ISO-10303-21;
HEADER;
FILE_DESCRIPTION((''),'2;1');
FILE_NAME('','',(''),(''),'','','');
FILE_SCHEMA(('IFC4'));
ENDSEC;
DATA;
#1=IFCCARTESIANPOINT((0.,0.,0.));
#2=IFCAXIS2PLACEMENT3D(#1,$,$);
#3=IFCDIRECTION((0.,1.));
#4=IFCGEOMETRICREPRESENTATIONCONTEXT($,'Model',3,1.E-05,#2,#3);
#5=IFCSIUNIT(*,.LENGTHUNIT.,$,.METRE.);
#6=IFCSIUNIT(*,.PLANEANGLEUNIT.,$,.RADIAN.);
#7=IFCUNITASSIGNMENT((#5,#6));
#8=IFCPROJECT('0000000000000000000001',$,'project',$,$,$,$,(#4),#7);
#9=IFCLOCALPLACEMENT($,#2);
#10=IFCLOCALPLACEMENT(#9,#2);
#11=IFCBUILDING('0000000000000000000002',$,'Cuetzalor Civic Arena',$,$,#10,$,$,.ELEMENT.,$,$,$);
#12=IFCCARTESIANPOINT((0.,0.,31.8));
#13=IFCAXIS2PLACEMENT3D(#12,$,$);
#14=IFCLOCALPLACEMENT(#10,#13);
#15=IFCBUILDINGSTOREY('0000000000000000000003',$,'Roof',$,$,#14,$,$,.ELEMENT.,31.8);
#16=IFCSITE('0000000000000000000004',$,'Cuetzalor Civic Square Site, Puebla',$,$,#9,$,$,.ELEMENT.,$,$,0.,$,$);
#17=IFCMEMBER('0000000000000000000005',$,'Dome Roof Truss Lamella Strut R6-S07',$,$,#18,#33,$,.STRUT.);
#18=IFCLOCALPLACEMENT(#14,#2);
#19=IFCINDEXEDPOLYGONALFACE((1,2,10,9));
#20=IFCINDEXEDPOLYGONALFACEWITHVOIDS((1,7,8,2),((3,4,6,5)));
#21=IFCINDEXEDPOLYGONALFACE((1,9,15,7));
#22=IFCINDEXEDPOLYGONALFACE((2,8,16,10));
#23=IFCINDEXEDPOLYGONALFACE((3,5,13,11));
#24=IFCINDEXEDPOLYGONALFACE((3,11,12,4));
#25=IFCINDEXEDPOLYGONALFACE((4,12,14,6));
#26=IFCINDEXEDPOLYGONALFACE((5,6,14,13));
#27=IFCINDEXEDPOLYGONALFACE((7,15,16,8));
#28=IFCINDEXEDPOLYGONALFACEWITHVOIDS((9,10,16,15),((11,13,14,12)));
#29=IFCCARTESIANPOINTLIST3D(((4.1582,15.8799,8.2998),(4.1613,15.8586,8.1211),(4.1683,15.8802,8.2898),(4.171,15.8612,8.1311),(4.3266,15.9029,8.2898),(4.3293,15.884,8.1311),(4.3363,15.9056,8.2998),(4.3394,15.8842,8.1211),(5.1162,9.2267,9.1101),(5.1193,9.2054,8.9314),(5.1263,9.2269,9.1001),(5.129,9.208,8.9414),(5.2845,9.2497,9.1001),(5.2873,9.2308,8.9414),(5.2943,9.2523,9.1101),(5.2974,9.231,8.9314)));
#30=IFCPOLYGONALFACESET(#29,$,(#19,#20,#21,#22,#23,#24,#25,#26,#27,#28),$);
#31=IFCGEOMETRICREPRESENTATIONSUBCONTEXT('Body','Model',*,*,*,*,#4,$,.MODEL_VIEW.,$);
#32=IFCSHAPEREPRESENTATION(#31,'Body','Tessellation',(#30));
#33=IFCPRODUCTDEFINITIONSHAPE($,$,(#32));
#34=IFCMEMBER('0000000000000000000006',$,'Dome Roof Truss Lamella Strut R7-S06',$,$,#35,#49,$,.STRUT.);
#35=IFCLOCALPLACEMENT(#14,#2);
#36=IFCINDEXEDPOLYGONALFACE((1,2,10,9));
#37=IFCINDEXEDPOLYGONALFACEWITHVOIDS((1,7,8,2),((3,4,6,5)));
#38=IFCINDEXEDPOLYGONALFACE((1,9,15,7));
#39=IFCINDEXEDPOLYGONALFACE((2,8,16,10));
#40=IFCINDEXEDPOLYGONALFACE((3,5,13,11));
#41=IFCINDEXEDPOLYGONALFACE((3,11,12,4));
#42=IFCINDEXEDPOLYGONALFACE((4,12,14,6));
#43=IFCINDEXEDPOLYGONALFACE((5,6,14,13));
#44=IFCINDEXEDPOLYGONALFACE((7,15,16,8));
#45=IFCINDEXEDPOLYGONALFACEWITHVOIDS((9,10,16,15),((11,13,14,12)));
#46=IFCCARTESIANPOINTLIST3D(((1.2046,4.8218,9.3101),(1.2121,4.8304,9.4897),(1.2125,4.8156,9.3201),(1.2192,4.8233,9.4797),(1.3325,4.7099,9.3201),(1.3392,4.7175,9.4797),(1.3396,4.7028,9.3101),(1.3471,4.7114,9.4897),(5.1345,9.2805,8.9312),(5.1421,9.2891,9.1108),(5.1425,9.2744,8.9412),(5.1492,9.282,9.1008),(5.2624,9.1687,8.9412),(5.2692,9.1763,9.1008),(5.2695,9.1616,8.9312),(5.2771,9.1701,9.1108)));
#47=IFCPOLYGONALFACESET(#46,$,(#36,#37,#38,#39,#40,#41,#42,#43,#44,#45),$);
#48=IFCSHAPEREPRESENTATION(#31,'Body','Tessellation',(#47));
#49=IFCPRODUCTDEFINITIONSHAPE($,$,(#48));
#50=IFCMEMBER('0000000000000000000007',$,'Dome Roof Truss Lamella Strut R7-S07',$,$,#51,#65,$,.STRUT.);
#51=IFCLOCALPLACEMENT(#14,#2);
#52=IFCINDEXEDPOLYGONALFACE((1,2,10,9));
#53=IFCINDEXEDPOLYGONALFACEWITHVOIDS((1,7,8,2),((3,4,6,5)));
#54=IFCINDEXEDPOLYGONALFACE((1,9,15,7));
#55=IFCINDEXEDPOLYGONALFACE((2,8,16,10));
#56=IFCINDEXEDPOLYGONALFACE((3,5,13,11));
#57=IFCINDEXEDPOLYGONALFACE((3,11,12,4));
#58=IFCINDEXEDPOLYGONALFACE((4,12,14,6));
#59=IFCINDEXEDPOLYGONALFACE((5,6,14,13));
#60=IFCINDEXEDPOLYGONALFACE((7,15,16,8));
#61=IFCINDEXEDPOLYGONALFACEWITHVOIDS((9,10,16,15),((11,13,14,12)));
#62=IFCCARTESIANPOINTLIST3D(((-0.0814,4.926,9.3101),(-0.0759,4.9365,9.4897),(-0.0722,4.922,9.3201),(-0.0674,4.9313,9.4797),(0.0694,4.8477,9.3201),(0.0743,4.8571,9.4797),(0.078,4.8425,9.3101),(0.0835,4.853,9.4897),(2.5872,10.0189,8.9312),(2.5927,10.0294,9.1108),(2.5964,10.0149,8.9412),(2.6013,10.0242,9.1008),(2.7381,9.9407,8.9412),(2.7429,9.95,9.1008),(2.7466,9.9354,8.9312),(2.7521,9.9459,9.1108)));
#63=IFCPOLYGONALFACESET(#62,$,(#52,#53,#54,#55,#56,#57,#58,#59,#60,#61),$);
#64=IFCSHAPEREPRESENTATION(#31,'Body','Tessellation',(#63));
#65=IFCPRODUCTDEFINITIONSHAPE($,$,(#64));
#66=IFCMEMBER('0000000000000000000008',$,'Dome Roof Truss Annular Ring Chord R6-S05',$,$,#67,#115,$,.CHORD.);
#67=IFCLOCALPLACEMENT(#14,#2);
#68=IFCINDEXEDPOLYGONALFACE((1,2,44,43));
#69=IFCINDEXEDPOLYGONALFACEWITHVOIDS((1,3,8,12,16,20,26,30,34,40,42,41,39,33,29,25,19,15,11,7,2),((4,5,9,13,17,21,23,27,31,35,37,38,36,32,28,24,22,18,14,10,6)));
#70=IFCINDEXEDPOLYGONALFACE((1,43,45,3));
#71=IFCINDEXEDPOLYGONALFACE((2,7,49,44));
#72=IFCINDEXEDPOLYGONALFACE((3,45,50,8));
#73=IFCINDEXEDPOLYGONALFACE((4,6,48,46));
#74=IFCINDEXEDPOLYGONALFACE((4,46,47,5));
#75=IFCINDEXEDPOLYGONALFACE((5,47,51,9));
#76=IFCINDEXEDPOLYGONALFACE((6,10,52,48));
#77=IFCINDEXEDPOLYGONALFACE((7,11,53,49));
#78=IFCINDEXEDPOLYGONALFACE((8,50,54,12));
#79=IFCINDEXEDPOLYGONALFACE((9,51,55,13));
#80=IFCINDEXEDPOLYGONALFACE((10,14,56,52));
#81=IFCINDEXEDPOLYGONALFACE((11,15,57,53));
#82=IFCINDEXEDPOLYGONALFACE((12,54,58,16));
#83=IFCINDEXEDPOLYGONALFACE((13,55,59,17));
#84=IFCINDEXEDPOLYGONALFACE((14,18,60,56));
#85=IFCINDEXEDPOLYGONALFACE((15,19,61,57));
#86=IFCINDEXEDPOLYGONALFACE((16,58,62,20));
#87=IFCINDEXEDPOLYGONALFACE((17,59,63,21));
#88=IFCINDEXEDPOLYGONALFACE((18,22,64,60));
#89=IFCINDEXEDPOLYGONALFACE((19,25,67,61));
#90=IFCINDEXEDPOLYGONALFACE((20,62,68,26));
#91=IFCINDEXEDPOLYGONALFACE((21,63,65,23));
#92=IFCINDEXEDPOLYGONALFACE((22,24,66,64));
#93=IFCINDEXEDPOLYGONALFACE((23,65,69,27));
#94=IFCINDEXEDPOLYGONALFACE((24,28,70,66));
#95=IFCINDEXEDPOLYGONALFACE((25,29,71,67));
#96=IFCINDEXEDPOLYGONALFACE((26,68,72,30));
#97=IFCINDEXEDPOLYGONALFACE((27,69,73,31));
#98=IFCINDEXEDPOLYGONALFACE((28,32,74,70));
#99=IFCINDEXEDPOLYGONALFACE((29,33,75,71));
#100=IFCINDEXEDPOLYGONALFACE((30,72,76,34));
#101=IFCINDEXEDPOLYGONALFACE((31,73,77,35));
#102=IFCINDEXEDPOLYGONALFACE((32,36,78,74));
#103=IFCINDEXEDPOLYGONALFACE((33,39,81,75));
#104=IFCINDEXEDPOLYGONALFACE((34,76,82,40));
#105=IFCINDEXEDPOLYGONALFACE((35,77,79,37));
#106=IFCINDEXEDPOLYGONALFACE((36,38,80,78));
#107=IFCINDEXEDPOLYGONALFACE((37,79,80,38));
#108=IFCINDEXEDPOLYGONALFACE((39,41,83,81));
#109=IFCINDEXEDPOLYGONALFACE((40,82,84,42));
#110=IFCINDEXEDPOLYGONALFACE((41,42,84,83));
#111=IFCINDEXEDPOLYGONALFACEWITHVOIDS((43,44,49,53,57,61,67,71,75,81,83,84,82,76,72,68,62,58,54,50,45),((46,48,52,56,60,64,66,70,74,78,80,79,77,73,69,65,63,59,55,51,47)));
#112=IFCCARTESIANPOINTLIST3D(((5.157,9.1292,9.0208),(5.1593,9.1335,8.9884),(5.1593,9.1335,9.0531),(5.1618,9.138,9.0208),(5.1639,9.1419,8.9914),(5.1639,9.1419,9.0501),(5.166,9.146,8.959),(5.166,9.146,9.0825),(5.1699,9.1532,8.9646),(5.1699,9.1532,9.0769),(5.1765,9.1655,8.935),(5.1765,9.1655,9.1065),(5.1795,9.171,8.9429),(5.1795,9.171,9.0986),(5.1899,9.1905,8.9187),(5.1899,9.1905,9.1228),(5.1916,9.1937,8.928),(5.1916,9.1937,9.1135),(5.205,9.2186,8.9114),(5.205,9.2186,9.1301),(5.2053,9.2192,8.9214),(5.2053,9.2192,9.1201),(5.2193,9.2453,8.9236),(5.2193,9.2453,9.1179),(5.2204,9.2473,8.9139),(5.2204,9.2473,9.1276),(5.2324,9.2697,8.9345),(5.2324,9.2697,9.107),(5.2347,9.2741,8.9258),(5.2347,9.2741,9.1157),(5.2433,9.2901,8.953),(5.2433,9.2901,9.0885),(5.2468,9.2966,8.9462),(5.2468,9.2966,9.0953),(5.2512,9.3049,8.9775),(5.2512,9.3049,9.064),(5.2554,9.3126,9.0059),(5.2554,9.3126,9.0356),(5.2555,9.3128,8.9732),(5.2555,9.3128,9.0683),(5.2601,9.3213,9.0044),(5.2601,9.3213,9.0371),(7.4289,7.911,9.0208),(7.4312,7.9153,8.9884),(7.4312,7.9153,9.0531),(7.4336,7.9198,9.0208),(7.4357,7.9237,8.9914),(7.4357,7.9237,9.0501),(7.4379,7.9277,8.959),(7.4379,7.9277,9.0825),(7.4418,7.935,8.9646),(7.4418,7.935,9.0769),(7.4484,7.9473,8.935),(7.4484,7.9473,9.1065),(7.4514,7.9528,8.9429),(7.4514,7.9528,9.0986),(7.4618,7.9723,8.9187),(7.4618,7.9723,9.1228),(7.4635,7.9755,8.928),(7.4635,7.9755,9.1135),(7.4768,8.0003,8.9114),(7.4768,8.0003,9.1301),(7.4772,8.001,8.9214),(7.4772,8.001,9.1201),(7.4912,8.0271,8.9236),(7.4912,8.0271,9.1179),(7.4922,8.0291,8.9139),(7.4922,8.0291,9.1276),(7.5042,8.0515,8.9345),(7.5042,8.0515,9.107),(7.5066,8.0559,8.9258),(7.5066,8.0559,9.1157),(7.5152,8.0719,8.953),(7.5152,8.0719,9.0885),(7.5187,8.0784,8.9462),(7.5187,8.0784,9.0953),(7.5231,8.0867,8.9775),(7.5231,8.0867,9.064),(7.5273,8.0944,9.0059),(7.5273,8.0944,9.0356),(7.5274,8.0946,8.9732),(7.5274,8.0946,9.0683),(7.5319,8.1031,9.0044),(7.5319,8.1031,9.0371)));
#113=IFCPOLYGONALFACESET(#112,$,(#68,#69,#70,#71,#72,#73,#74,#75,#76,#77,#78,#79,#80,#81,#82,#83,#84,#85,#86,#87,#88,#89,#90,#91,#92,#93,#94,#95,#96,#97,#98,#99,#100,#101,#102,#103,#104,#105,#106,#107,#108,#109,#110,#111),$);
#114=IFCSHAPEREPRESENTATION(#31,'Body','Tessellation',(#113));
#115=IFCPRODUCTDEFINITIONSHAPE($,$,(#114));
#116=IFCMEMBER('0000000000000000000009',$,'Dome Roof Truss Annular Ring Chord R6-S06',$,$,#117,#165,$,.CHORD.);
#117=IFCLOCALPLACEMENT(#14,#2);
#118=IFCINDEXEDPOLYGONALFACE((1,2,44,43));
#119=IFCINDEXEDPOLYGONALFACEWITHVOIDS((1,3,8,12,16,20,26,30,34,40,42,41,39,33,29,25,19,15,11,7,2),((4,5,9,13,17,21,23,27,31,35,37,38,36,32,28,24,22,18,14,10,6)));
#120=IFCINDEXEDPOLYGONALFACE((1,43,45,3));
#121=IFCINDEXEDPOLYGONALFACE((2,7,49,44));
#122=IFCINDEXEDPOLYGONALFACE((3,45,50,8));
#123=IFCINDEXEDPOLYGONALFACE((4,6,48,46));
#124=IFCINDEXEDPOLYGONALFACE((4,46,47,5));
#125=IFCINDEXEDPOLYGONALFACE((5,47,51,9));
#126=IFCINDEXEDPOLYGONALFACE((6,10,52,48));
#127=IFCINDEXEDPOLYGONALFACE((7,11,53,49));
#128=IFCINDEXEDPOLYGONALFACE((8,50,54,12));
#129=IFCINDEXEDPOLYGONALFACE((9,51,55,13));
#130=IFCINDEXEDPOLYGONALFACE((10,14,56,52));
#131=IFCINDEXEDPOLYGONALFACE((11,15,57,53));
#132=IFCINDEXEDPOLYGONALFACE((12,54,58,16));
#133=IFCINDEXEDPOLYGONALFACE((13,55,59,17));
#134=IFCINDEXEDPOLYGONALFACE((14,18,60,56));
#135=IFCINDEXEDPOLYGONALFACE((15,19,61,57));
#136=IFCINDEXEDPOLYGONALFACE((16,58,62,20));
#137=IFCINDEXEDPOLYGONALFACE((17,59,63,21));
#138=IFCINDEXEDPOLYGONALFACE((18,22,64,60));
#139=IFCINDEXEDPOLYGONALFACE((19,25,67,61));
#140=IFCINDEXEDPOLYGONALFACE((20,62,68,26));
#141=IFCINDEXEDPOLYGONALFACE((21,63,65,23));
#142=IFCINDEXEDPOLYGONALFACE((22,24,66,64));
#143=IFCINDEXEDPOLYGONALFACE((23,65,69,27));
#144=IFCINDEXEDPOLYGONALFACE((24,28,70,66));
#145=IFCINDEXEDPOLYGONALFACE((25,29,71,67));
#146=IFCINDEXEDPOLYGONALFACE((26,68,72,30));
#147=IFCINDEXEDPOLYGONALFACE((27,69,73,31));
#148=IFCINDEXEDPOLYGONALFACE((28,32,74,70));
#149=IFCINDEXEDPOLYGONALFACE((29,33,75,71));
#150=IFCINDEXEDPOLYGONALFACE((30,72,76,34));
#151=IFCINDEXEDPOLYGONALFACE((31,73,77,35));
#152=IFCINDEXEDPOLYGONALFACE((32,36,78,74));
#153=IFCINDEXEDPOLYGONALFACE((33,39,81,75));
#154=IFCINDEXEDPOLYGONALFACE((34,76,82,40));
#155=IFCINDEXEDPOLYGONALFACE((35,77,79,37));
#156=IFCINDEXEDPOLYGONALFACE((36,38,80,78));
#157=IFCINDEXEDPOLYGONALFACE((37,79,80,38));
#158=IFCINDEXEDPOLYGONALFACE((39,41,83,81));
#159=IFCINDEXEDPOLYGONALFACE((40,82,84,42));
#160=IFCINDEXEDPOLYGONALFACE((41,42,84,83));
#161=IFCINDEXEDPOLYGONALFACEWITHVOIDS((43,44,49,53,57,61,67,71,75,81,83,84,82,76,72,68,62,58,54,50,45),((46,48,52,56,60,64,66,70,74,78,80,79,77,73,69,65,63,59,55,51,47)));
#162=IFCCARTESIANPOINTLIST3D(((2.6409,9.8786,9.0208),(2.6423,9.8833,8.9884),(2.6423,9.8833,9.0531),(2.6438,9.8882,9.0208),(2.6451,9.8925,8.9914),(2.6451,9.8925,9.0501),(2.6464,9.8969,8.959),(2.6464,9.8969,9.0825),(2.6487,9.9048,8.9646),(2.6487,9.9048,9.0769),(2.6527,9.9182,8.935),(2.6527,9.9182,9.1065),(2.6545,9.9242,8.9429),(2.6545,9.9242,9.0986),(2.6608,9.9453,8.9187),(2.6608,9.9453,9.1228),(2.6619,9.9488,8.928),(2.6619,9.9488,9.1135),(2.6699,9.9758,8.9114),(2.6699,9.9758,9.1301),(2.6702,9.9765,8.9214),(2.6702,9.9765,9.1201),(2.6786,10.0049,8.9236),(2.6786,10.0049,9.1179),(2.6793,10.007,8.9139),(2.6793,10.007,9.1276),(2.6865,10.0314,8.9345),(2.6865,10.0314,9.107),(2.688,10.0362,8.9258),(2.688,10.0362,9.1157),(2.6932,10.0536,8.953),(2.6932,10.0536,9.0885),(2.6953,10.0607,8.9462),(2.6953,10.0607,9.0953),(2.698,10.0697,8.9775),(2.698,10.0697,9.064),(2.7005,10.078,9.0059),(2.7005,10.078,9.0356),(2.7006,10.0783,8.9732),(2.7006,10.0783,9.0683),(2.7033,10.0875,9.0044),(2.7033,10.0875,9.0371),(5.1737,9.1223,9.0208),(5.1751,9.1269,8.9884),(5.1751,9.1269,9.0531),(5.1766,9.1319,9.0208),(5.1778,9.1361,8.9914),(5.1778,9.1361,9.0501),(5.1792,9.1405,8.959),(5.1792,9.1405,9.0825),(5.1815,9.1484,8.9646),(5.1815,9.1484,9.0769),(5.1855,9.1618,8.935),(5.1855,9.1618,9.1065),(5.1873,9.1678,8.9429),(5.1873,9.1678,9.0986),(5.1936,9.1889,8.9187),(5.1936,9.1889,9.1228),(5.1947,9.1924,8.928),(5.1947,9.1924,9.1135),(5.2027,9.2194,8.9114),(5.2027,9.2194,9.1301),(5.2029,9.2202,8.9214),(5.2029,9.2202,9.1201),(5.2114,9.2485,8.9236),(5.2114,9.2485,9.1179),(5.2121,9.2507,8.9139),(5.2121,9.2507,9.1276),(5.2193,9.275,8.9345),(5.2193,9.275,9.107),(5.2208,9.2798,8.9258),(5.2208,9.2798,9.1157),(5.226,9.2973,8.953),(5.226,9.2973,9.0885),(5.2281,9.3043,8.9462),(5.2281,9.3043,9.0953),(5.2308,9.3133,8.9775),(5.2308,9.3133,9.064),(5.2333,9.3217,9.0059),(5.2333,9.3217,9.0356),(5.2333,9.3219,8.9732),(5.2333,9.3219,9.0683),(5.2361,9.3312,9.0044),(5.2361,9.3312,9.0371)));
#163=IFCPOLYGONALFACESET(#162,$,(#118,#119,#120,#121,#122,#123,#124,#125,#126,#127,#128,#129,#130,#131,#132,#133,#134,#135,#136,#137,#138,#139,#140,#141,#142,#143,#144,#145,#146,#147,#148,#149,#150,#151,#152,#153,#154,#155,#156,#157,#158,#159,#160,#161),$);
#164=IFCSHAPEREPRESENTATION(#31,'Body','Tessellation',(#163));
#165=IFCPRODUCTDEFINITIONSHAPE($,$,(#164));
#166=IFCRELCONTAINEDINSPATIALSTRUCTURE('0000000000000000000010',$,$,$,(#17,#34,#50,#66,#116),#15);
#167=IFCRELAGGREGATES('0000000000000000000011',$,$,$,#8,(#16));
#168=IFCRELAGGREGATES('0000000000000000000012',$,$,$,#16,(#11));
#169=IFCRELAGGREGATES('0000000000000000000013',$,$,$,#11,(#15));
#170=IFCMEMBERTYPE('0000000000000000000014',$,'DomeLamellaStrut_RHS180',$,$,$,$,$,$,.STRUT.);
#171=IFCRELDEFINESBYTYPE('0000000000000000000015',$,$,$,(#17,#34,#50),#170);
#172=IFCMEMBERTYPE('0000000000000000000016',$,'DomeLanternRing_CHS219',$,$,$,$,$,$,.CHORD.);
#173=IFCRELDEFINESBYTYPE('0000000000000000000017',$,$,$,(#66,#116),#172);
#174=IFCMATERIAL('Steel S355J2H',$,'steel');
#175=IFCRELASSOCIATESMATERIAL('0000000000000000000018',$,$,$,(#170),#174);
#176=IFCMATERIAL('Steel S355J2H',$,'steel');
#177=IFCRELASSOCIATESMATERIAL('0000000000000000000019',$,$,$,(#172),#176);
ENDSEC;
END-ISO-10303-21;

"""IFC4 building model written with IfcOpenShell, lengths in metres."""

from ifc_helpers import new_model, si_unit, direction, frame, origin, origin_2d, place, context, subcontext, project, spatial, hollow_rectangle, hollow_circle, extrude, material, material_profile, profile_set, type_object, element, save


model = new_model("IFC4")

# Units and contexts
model_context = context("Model", 3, precision=1e-05, world=origin(), true_north=direction((0.0, 1.0)))
body_context = subcontext(model_context, "Body", "Model", "MODEL_VIEW")
ifc_project = project(units=[si_unit("LENGTHUNIT", "METRE"), si_unit("PLANEANGLEUNIT", "RADIAN")], contexts=[model_context])

# Site, building, storey
site_placement = place(None, origin())
site = spatial("IfcSite", under=ifc_project, at=site_placement, Name="Cuetzalor Civic Square Site, Puebla", CompositionType="ELEMENT", RefElevation=0.0)
building_placement = place(site_placement, origin())
building = spatial("IfcBuilding", under=site, at=building_placement, Name="Cuetzalor Civic Arena", CompositionType="ELEMENT")
storey_placement = place(building_placement, frame((0.0, 0.0, 31.8)))
storey = spatial("IfcBuildingStorey", under=building, at=storey_placement, Name="Roof", CompositionType="ELEMENT", Elevation=31.8)

# Members
ifc_material_1 = material(Name="Steel S355J2H", Category="steel")
ifc_material_profile_1 = material_profile(ifc_material_1, hollow_rectangle(XDim=0.1799, YDim=0.1799, WallThickness=0.01, at=origin_2d()), Name="RHS 180x180x10")
ifc_profile_set_1 = profile_set([ifc_material_profile_1], Name="Steel S355J2H")
member_type_1 = type_object("IfcMemberType", Name="DomeLamellaStrut_RHS180", PredefinedType="STRUT", material=ifc_profile_set_1)
member_1_placement = place(storey_placement, frame((4.2488, 15.8821, 8.2104), z_axis=(0.141495, -0.982678, 0.11968), x_axis=(0.989792, 0.14252, 0.0)))
element("IfcMember", 1, at=member_1_placement, inside=storey, type_object=member_type_1, Name="Dome Roof Truss Lamella Strut R6-S07", PredefinedType="STRUT", context=body_context, shape_type="SweptSolid", body=[
    extrude(hollow_rectangle(XDim=0.1799, YDim=0.1799, WallThickness=0.01, at=origin_2d()), origin(), (0.0, 0.0, 1.0), 6.7705),
])
member_2_placement = place(storey_placement, frame((5.2058, 9.2253, 9.021), z_axis=(-0.65988, -0.748673, 0.063623), x_axis=(0.750193, -0.661219, 0.0)))
element("IfcMember", 2, at=member_2_placement, inside=storey, type_object=member_type_1, Name="Dome Roof Truss Lamella Strut R7-S06", PredefinedType="STRUT", context=body_context, shape_type="SweptSolid", body=[
    extrude(hollow_rectangle(XDim=0.1799, YDim=0.1799, WallThickness=0.01, at=origin_2d()), origin(), (0.0, 0.0, 1.0), 5.9556),
])
member_3_placement = place(storey_placement, frame((2.6697, 9.9824, 9.021), z_axis=(-0.463129, -0.883848, 0.065756), x_axis=(0.885765, -0.464134, 0.0)))
element("IfcMember", 3, at=member_3_placement, inside=storey, type_object=member_type_1, Name="Dome Roof Truss Lamella Strut R7-S07", PredefinedType="STRUT", context=body_context, shape_type="SweptSolid", body=[
    extrude(hollow_rectangle(XDim=0.1799, YDim=0.1799, WallThickness=0.01, at=origin_2d()), origin(), (0.0, 0.0, 1.0), 5.7622),
])
ifc_material_2 = material(Name="Steel S355J2H", Category="steel")
ifc_material_profile_2 = material_profile(ifc_material_2, hollow_circle(Radius=0.1096, WallThickness=0.01, at=origin_2d()), Name="CHS 219.1x10")
ifc_profile_set_2 = profile_set([ifc_material_profile_2], Name="Steel S355J2H")
member_type_2 = type_object("IfcMemberType", Name="DomeLanternRing_CHS219", PredefinedType="CHORD", material=ifc_profile_set_2)
member_4_placement = place(storey_placement, frame((7.4807, 8.0076, 9.0208), z_axis=(-0.881297, 0.472563, 0.0), x_axis=(-0.472563, -0.881297, 0.0)))
element("IfcMember", 4, at=member_4_placement, inside=storey, type_object=member_type_2, Name="Dome Roof Truss Annular Ring Chord R6-S05", PredefinedType="CHORD", context=body_context, shape_type="SweptSolid", body=[
    extrude(hollow_circle(Radius=0.1096, WallThickness=0.01, at=origin_2d()), origin(), (0.0, 0.0, 1.0), 2.5779),
])
member_5_placement = place(storey_placement, frame((5.2051, 9.2273, 9.0208), z_axis=(-0.958187, 0.286144, 0.0), x_axis=(-0.286144, -0.958187, 0.0)))
element("IfcMember", 5, at=member_5_placement, inside=storey, type_object=member_type_2, Name="Dome Roof Truss Annular Ring Chord R6-S06", PredefinedType="CHORD", context=body_context, shape_type="SweptSolid", body=[
    extrude(hollow_circle(Radius=0.1096, WallThickness=0.01, at=origin_2d()), origin(), (0.0, 0.0, 1.0), 2.6433),
])

save(model, "model.ifc")
